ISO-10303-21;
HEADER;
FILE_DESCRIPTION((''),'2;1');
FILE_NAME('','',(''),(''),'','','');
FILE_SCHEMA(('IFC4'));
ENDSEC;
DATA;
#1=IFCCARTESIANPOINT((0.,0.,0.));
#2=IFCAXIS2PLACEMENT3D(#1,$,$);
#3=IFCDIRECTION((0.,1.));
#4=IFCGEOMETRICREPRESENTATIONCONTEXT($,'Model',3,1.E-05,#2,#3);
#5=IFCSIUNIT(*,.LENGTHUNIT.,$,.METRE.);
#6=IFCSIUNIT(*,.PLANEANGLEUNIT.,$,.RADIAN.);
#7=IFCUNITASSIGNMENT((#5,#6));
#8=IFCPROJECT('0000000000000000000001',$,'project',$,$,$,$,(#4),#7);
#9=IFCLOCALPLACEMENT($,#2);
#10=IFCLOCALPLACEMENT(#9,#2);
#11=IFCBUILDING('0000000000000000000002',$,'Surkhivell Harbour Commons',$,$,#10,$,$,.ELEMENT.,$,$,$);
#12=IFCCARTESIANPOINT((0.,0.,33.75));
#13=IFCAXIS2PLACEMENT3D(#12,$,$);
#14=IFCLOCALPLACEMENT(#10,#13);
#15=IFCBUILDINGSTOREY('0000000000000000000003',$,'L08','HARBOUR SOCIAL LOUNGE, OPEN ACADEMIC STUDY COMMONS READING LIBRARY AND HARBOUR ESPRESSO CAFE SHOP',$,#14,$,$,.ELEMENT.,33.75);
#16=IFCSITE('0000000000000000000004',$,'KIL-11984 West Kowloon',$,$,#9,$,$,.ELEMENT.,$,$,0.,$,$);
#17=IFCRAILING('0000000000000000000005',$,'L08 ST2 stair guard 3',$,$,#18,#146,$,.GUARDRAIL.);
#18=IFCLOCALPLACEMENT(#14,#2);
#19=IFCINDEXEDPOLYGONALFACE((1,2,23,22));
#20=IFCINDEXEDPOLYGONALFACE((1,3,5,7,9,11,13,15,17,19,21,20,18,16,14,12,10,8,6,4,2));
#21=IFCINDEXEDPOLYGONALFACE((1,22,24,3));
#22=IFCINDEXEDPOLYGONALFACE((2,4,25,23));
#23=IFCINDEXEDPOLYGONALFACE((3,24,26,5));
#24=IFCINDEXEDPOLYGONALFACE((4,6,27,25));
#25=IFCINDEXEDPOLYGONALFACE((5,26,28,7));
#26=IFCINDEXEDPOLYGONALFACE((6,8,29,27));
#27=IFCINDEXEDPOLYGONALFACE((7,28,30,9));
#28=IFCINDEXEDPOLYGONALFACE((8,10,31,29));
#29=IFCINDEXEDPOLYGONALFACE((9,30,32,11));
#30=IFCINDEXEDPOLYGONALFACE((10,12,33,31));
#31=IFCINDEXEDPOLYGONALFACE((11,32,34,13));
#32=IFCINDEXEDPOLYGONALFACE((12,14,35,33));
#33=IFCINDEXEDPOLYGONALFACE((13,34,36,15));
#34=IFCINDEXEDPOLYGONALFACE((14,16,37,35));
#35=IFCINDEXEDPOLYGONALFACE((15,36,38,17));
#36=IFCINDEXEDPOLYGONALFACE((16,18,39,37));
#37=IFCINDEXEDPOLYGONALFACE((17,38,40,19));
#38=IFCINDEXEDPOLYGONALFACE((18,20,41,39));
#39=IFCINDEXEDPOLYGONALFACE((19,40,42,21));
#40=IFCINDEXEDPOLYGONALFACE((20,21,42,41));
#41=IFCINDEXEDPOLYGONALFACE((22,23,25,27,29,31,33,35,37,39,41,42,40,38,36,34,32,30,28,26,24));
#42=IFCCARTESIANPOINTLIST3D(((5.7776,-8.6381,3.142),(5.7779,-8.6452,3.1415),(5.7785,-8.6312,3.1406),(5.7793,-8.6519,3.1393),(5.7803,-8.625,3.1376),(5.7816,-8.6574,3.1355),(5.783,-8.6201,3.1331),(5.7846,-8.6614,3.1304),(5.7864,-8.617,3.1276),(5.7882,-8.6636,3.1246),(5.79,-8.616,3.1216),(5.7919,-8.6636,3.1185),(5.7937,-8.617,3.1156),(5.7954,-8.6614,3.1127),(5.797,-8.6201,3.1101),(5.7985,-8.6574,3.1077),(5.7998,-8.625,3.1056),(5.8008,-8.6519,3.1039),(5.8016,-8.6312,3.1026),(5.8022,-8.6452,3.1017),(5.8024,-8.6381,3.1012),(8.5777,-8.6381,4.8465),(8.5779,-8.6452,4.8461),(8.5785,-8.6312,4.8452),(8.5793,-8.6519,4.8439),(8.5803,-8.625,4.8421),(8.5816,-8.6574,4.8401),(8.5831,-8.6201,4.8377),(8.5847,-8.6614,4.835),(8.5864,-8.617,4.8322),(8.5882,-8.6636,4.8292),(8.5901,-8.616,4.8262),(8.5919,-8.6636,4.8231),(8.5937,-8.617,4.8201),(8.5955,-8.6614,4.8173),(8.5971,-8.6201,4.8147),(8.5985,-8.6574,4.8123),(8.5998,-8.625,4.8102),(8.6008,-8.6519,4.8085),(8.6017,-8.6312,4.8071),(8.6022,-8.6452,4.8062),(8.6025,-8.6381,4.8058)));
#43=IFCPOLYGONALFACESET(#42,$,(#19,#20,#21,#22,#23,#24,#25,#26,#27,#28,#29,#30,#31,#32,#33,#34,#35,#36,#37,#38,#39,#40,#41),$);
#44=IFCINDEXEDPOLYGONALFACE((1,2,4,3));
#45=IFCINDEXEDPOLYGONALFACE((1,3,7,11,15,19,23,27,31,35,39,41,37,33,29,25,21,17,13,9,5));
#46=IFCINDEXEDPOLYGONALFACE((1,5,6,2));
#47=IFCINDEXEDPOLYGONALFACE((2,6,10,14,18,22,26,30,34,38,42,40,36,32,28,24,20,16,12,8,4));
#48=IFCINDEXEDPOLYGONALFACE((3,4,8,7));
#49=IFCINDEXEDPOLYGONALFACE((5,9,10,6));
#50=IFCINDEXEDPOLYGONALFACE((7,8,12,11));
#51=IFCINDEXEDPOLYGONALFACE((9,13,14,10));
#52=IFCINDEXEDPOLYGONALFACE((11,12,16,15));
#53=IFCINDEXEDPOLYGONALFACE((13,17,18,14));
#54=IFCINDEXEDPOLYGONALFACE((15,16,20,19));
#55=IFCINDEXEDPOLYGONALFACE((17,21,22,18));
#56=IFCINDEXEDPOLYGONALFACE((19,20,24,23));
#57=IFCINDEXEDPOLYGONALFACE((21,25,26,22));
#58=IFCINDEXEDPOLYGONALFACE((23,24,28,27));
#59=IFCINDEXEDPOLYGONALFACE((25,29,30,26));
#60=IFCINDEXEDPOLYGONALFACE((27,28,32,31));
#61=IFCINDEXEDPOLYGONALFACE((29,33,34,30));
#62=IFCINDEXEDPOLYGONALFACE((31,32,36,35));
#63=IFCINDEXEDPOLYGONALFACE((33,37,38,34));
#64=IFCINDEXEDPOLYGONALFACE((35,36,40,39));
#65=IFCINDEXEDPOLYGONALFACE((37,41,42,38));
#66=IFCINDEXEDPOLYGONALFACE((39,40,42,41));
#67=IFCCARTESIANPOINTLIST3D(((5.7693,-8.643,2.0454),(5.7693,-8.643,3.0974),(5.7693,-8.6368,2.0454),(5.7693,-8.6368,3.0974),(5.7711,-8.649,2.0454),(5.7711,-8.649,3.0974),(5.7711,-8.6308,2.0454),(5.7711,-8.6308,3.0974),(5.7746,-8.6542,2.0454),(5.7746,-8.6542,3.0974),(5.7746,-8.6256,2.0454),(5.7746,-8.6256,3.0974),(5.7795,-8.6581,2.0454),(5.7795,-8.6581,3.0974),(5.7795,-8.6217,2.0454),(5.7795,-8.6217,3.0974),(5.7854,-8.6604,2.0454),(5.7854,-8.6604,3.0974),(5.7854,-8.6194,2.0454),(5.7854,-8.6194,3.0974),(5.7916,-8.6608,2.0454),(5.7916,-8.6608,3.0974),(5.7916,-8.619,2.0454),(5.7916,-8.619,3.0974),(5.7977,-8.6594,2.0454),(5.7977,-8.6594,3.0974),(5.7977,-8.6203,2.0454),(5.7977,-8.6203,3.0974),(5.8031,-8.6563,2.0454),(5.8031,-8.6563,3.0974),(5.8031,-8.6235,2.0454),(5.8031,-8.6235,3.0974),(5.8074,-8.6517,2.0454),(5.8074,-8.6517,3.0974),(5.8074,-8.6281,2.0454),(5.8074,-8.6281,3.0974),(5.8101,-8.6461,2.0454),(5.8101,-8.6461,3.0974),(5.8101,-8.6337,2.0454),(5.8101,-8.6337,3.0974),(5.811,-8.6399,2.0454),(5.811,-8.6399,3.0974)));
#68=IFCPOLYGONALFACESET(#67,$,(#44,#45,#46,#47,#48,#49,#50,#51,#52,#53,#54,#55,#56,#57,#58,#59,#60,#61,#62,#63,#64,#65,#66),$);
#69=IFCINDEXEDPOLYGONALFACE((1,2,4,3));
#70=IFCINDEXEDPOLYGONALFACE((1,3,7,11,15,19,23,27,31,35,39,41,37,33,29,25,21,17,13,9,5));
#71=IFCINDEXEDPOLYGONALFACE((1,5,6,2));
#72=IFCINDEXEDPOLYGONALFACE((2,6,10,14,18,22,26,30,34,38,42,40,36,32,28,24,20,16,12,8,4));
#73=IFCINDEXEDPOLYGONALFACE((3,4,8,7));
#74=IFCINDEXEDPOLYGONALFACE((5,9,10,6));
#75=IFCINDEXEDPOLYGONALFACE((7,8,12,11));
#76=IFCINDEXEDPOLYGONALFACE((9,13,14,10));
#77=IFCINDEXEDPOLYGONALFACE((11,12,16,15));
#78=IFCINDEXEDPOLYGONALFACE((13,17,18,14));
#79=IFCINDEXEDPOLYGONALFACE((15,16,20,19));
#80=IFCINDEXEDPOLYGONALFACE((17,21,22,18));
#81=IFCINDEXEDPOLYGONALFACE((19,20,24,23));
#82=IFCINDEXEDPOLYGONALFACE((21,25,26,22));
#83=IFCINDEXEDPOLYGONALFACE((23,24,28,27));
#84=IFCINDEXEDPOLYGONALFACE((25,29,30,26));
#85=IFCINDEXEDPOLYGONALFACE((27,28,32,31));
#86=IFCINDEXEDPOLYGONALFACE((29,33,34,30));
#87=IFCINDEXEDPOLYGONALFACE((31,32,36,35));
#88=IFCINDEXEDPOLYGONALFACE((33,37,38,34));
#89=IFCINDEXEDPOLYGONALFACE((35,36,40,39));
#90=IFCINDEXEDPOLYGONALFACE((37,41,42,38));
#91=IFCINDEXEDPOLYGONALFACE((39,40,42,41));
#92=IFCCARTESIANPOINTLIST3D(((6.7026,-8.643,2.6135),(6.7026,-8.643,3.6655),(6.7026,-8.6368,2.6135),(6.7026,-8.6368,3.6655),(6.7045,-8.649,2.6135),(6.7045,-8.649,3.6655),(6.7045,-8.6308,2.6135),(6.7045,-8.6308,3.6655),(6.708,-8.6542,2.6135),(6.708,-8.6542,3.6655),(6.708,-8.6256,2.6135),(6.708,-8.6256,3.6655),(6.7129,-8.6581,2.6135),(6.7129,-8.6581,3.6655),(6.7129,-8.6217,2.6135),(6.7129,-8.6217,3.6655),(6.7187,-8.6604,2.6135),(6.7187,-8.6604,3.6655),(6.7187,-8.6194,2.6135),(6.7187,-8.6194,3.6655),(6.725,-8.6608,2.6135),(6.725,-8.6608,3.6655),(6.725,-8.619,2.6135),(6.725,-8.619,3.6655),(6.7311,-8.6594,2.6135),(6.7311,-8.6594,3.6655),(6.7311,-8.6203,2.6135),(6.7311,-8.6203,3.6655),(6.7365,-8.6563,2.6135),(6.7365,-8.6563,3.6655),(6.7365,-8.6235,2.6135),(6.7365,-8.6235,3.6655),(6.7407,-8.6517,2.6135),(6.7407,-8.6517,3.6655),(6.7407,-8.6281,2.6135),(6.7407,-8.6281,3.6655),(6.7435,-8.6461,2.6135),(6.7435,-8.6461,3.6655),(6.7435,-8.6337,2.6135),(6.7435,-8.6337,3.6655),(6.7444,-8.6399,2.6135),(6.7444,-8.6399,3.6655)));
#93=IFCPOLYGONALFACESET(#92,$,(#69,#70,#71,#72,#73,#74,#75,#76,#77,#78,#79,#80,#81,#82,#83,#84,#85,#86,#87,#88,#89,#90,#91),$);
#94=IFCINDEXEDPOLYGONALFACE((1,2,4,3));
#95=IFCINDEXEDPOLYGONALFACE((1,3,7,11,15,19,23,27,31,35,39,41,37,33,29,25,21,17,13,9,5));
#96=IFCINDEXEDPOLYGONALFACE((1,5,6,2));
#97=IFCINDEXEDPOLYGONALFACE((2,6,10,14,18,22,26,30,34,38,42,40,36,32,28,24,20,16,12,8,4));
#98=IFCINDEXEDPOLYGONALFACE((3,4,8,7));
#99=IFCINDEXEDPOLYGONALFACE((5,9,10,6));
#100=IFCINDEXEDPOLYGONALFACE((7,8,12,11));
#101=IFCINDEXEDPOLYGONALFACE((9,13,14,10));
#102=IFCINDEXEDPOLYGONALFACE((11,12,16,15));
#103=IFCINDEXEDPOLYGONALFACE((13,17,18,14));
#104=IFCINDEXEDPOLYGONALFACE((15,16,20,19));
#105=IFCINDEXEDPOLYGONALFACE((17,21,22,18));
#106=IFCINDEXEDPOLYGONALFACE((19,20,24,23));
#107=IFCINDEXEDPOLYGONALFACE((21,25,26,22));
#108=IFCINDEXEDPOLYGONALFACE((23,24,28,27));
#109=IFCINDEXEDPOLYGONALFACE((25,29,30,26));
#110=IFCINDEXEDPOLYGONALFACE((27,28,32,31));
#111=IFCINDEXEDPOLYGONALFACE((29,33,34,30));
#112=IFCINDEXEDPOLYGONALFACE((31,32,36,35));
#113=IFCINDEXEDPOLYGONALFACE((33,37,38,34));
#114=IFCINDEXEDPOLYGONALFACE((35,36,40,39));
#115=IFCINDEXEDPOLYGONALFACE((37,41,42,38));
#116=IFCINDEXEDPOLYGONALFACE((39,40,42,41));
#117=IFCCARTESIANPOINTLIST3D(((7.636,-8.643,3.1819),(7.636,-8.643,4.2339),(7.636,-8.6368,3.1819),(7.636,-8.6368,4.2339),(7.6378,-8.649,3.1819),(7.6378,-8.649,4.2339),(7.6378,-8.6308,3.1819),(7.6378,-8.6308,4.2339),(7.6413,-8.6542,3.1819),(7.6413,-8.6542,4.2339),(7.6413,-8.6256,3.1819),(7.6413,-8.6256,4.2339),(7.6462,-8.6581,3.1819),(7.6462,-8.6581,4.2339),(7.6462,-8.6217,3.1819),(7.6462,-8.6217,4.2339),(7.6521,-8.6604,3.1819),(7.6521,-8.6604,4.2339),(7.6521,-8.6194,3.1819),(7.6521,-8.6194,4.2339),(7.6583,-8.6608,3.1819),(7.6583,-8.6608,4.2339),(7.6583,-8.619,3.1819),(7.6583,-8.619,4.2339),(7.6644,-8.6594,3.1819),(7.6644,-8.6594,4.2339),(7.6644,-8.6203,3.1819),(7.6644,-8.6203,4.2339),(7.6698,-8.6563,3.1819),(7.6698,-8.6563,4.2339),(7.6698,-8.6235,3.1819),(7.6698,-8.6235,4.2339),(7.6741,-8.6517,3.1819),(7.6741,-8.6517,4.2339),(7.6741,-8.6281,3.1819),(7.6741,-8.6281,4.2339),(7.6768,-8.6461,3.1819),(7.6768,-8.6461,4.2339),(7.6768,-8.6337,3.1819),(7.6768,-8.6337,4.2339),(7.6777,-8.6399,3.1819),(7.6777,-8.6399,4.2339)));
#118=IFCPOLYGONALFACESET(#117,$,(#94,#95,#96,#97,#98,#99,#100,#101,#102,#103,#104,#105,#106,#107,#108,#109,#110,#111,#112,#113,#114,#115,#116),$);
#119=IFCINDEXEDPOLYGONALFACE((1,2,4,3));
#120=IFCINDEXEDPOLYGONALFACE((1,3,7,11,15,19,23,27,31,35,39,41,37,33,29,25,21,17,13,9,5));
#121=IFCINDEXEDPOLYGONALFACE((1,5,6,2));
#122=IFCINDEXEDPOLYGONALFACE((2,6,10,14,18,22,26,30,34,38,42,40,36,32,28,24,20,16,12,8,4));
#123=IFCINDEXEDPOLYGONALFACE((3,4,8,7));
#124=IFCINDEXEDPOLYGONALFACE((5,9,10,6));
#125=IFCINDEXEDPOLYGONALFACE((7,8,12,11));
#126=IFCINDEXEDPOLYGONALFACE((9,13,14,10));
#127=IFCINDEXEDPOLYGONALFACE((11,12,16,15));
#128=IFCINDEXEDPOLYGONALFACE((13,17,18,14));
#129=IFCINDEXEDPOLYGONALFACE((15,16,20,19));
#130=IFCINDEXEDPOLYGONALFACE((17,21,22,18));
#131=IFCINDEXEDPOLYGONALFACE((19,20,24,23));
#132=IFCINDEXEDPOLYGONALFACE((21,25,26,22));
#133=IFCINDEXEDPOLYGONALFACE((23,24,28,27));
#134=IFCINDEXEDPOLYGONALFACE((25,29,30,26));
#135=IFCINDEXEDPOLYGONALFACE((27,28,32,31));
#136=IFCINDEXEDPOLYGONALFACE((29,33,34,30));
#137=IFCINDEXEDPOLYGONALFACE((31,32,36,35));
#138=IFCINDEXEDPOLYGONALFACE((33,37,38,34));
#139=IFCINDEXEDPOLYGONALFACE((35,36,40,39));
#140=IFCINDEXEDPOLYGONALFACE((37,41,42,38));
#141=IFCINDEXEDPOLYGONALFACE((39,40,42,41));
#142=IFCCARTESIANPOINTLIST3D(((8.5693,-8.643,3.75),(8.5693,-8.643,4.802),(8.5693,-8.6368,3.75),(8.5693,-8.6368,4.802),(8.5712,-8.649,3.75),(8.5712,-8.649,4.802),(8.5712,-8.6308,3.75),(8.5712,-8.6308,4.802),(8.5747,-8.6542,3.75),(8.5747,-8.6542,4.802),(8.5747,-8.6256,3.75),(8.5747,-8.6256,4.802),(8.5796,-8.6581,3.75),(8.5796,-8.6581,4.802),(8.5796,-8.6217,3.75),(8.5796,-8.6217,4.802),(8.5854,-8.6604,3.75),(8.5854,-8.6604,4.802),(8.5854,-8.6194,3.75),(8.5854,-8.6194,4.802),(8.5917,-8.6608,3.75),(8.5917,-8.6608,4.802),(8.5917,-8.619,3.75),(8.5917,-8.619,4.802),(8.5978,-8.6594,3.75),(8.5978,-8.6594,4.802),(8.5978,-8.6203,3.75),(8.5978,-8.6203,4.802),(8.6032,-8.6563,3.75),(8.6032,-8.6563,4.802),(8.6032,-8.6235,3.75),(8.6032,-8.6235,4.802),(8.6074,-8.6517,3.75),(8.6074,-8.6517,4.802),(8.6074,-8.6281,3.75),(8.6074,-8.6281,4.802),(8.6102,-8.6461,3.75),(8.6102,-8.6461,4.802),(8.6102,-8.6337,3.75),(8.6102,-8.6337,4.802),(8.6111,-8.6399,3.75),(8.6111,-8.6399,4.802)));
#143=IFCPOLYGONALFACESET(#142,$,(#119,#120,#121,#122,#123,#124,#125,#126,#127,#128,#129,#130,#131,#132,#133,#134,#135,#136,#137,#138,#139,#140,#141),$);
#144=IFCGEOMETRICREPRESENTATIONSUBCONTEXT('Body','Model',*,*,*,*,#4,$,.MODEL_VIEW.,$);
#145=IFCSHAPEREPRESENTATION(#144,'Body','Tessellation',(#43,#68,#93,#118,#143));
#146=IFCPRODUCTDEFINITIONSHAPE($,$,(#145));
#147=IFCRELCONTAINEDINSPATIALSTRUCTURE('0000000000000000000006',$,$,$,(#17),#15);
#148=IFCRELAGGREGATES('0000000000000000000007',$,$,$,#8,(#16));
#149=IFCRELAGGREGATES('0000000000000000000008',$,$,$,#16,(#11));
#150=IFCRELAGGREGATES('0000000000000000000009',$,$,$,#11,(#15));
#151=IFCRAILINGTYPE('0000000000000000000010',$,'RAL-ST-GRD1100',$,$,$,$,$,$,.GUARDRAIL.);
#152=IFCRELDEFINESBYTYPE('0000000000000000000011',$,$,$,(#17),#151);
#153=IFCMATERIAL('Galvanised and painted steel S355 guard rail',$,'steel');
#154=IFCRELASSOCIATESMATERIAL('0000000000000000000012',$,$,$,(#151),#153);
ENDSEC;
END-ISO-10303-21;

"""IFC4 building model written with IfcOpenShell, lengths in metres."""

from ifc_helpers import new_model, si_unit, direction, frame, origin, origin_2d, place, context, subcontext, project, spatial, circle, extrude, material, type_object, element, save


model = new_model("IFC4")

# Units and contexts
model_context = context("Model", 3, precision=1e-05, world=origin(), true_north=direction((0.0, 1.0)))
body_context = subcontext(model_context, "Body", "Model", "MODEL_VIEW")
ifc_project = project(units=[si_unit("LENGTHUNIT", "METRE"), si_unit("PLANEANGLEUNIT", "RADIAN")], contexts=[model_context])

# Site, building, storey
site_placement = place(None, origin())
site = spatial("IfcSite", under=ifc_project, at=site_placement, Name="KIL-11984 West Kowloon", CompositionType="ELEMENT", RefElevation=0.0)
building_placement = place(site_placement, origin())
building = spatial("IfcBuilding", under=site, at=building_placement, Name="Surkhivell Harbour Commons", CompositionType="ELEMENT")
storey_placement = place(building_placement, frame((0.0, 0.0, 33.75)))
storey = spatial("IfcBuildingStorey", under=building, at=storey_placement, Name="L08", Description="HARBOUR SOCIAL LOUNGE, OPEN ACADEMIC STUDY COMMONS READING LIBRARY AND HARBOUR ESPRESSO CAFE SHOP", CompositionType="ELEMENT", Elevation=33.75)

# Railing
ifc_material_1 = material(Name="Galvanised and painted steel S355 guard rail", Category="steel")
railing_type_1 = type_object("IfcRailingType", Name="RAL-ST-GRD1100", PredefinedType="GUARDRAIL", material=ifc_material_1)
railing_1_placement = place(storey_placement, frame((5.79, -8.6399, 2.0454)))
element("IfcRailing", 1, at=railing_1_placement, inside=storey, type_object=railing_type_1, Name="L08 ST2 stair guard 3", PredefinedType="GUARDRAIL", context=body_context, shape_type="SweptSolid", body=[
    extrude(circle(Radius=0.0239, at=origin_2d()), frame((0.0, 0.0, 1.0762), z_axis=(0.85417, 0.0, 0.519994), x_axis=(0.0, 1.0, 0.0)), (0.0, 0.0, 1.0), 3.2781),
    extrude(circle(Radius=0.021, at=origin_2d()), origin(), (0.0, 0.0, 1.0), 1.052),
    extrude(circle(Radius=0.021, at=origin_2d()), frame((0.9333, 0.0, 0.5681)), (0.0, 0.0, 1.0), 1.052),
    extrude(circle(Radius=0.021, at=origin_2d()), frame((1.8667, 0.0, 1.1365)), (0.0, 0.0, 1.0), 1.052),
    extrude(circle(Radius=0.021, at=origin_2d()), frame((2.8, 0.0, 1.7046)), (0.0, 0.0, 1.0), 1.052),
])

save(model, "model.ifc")
